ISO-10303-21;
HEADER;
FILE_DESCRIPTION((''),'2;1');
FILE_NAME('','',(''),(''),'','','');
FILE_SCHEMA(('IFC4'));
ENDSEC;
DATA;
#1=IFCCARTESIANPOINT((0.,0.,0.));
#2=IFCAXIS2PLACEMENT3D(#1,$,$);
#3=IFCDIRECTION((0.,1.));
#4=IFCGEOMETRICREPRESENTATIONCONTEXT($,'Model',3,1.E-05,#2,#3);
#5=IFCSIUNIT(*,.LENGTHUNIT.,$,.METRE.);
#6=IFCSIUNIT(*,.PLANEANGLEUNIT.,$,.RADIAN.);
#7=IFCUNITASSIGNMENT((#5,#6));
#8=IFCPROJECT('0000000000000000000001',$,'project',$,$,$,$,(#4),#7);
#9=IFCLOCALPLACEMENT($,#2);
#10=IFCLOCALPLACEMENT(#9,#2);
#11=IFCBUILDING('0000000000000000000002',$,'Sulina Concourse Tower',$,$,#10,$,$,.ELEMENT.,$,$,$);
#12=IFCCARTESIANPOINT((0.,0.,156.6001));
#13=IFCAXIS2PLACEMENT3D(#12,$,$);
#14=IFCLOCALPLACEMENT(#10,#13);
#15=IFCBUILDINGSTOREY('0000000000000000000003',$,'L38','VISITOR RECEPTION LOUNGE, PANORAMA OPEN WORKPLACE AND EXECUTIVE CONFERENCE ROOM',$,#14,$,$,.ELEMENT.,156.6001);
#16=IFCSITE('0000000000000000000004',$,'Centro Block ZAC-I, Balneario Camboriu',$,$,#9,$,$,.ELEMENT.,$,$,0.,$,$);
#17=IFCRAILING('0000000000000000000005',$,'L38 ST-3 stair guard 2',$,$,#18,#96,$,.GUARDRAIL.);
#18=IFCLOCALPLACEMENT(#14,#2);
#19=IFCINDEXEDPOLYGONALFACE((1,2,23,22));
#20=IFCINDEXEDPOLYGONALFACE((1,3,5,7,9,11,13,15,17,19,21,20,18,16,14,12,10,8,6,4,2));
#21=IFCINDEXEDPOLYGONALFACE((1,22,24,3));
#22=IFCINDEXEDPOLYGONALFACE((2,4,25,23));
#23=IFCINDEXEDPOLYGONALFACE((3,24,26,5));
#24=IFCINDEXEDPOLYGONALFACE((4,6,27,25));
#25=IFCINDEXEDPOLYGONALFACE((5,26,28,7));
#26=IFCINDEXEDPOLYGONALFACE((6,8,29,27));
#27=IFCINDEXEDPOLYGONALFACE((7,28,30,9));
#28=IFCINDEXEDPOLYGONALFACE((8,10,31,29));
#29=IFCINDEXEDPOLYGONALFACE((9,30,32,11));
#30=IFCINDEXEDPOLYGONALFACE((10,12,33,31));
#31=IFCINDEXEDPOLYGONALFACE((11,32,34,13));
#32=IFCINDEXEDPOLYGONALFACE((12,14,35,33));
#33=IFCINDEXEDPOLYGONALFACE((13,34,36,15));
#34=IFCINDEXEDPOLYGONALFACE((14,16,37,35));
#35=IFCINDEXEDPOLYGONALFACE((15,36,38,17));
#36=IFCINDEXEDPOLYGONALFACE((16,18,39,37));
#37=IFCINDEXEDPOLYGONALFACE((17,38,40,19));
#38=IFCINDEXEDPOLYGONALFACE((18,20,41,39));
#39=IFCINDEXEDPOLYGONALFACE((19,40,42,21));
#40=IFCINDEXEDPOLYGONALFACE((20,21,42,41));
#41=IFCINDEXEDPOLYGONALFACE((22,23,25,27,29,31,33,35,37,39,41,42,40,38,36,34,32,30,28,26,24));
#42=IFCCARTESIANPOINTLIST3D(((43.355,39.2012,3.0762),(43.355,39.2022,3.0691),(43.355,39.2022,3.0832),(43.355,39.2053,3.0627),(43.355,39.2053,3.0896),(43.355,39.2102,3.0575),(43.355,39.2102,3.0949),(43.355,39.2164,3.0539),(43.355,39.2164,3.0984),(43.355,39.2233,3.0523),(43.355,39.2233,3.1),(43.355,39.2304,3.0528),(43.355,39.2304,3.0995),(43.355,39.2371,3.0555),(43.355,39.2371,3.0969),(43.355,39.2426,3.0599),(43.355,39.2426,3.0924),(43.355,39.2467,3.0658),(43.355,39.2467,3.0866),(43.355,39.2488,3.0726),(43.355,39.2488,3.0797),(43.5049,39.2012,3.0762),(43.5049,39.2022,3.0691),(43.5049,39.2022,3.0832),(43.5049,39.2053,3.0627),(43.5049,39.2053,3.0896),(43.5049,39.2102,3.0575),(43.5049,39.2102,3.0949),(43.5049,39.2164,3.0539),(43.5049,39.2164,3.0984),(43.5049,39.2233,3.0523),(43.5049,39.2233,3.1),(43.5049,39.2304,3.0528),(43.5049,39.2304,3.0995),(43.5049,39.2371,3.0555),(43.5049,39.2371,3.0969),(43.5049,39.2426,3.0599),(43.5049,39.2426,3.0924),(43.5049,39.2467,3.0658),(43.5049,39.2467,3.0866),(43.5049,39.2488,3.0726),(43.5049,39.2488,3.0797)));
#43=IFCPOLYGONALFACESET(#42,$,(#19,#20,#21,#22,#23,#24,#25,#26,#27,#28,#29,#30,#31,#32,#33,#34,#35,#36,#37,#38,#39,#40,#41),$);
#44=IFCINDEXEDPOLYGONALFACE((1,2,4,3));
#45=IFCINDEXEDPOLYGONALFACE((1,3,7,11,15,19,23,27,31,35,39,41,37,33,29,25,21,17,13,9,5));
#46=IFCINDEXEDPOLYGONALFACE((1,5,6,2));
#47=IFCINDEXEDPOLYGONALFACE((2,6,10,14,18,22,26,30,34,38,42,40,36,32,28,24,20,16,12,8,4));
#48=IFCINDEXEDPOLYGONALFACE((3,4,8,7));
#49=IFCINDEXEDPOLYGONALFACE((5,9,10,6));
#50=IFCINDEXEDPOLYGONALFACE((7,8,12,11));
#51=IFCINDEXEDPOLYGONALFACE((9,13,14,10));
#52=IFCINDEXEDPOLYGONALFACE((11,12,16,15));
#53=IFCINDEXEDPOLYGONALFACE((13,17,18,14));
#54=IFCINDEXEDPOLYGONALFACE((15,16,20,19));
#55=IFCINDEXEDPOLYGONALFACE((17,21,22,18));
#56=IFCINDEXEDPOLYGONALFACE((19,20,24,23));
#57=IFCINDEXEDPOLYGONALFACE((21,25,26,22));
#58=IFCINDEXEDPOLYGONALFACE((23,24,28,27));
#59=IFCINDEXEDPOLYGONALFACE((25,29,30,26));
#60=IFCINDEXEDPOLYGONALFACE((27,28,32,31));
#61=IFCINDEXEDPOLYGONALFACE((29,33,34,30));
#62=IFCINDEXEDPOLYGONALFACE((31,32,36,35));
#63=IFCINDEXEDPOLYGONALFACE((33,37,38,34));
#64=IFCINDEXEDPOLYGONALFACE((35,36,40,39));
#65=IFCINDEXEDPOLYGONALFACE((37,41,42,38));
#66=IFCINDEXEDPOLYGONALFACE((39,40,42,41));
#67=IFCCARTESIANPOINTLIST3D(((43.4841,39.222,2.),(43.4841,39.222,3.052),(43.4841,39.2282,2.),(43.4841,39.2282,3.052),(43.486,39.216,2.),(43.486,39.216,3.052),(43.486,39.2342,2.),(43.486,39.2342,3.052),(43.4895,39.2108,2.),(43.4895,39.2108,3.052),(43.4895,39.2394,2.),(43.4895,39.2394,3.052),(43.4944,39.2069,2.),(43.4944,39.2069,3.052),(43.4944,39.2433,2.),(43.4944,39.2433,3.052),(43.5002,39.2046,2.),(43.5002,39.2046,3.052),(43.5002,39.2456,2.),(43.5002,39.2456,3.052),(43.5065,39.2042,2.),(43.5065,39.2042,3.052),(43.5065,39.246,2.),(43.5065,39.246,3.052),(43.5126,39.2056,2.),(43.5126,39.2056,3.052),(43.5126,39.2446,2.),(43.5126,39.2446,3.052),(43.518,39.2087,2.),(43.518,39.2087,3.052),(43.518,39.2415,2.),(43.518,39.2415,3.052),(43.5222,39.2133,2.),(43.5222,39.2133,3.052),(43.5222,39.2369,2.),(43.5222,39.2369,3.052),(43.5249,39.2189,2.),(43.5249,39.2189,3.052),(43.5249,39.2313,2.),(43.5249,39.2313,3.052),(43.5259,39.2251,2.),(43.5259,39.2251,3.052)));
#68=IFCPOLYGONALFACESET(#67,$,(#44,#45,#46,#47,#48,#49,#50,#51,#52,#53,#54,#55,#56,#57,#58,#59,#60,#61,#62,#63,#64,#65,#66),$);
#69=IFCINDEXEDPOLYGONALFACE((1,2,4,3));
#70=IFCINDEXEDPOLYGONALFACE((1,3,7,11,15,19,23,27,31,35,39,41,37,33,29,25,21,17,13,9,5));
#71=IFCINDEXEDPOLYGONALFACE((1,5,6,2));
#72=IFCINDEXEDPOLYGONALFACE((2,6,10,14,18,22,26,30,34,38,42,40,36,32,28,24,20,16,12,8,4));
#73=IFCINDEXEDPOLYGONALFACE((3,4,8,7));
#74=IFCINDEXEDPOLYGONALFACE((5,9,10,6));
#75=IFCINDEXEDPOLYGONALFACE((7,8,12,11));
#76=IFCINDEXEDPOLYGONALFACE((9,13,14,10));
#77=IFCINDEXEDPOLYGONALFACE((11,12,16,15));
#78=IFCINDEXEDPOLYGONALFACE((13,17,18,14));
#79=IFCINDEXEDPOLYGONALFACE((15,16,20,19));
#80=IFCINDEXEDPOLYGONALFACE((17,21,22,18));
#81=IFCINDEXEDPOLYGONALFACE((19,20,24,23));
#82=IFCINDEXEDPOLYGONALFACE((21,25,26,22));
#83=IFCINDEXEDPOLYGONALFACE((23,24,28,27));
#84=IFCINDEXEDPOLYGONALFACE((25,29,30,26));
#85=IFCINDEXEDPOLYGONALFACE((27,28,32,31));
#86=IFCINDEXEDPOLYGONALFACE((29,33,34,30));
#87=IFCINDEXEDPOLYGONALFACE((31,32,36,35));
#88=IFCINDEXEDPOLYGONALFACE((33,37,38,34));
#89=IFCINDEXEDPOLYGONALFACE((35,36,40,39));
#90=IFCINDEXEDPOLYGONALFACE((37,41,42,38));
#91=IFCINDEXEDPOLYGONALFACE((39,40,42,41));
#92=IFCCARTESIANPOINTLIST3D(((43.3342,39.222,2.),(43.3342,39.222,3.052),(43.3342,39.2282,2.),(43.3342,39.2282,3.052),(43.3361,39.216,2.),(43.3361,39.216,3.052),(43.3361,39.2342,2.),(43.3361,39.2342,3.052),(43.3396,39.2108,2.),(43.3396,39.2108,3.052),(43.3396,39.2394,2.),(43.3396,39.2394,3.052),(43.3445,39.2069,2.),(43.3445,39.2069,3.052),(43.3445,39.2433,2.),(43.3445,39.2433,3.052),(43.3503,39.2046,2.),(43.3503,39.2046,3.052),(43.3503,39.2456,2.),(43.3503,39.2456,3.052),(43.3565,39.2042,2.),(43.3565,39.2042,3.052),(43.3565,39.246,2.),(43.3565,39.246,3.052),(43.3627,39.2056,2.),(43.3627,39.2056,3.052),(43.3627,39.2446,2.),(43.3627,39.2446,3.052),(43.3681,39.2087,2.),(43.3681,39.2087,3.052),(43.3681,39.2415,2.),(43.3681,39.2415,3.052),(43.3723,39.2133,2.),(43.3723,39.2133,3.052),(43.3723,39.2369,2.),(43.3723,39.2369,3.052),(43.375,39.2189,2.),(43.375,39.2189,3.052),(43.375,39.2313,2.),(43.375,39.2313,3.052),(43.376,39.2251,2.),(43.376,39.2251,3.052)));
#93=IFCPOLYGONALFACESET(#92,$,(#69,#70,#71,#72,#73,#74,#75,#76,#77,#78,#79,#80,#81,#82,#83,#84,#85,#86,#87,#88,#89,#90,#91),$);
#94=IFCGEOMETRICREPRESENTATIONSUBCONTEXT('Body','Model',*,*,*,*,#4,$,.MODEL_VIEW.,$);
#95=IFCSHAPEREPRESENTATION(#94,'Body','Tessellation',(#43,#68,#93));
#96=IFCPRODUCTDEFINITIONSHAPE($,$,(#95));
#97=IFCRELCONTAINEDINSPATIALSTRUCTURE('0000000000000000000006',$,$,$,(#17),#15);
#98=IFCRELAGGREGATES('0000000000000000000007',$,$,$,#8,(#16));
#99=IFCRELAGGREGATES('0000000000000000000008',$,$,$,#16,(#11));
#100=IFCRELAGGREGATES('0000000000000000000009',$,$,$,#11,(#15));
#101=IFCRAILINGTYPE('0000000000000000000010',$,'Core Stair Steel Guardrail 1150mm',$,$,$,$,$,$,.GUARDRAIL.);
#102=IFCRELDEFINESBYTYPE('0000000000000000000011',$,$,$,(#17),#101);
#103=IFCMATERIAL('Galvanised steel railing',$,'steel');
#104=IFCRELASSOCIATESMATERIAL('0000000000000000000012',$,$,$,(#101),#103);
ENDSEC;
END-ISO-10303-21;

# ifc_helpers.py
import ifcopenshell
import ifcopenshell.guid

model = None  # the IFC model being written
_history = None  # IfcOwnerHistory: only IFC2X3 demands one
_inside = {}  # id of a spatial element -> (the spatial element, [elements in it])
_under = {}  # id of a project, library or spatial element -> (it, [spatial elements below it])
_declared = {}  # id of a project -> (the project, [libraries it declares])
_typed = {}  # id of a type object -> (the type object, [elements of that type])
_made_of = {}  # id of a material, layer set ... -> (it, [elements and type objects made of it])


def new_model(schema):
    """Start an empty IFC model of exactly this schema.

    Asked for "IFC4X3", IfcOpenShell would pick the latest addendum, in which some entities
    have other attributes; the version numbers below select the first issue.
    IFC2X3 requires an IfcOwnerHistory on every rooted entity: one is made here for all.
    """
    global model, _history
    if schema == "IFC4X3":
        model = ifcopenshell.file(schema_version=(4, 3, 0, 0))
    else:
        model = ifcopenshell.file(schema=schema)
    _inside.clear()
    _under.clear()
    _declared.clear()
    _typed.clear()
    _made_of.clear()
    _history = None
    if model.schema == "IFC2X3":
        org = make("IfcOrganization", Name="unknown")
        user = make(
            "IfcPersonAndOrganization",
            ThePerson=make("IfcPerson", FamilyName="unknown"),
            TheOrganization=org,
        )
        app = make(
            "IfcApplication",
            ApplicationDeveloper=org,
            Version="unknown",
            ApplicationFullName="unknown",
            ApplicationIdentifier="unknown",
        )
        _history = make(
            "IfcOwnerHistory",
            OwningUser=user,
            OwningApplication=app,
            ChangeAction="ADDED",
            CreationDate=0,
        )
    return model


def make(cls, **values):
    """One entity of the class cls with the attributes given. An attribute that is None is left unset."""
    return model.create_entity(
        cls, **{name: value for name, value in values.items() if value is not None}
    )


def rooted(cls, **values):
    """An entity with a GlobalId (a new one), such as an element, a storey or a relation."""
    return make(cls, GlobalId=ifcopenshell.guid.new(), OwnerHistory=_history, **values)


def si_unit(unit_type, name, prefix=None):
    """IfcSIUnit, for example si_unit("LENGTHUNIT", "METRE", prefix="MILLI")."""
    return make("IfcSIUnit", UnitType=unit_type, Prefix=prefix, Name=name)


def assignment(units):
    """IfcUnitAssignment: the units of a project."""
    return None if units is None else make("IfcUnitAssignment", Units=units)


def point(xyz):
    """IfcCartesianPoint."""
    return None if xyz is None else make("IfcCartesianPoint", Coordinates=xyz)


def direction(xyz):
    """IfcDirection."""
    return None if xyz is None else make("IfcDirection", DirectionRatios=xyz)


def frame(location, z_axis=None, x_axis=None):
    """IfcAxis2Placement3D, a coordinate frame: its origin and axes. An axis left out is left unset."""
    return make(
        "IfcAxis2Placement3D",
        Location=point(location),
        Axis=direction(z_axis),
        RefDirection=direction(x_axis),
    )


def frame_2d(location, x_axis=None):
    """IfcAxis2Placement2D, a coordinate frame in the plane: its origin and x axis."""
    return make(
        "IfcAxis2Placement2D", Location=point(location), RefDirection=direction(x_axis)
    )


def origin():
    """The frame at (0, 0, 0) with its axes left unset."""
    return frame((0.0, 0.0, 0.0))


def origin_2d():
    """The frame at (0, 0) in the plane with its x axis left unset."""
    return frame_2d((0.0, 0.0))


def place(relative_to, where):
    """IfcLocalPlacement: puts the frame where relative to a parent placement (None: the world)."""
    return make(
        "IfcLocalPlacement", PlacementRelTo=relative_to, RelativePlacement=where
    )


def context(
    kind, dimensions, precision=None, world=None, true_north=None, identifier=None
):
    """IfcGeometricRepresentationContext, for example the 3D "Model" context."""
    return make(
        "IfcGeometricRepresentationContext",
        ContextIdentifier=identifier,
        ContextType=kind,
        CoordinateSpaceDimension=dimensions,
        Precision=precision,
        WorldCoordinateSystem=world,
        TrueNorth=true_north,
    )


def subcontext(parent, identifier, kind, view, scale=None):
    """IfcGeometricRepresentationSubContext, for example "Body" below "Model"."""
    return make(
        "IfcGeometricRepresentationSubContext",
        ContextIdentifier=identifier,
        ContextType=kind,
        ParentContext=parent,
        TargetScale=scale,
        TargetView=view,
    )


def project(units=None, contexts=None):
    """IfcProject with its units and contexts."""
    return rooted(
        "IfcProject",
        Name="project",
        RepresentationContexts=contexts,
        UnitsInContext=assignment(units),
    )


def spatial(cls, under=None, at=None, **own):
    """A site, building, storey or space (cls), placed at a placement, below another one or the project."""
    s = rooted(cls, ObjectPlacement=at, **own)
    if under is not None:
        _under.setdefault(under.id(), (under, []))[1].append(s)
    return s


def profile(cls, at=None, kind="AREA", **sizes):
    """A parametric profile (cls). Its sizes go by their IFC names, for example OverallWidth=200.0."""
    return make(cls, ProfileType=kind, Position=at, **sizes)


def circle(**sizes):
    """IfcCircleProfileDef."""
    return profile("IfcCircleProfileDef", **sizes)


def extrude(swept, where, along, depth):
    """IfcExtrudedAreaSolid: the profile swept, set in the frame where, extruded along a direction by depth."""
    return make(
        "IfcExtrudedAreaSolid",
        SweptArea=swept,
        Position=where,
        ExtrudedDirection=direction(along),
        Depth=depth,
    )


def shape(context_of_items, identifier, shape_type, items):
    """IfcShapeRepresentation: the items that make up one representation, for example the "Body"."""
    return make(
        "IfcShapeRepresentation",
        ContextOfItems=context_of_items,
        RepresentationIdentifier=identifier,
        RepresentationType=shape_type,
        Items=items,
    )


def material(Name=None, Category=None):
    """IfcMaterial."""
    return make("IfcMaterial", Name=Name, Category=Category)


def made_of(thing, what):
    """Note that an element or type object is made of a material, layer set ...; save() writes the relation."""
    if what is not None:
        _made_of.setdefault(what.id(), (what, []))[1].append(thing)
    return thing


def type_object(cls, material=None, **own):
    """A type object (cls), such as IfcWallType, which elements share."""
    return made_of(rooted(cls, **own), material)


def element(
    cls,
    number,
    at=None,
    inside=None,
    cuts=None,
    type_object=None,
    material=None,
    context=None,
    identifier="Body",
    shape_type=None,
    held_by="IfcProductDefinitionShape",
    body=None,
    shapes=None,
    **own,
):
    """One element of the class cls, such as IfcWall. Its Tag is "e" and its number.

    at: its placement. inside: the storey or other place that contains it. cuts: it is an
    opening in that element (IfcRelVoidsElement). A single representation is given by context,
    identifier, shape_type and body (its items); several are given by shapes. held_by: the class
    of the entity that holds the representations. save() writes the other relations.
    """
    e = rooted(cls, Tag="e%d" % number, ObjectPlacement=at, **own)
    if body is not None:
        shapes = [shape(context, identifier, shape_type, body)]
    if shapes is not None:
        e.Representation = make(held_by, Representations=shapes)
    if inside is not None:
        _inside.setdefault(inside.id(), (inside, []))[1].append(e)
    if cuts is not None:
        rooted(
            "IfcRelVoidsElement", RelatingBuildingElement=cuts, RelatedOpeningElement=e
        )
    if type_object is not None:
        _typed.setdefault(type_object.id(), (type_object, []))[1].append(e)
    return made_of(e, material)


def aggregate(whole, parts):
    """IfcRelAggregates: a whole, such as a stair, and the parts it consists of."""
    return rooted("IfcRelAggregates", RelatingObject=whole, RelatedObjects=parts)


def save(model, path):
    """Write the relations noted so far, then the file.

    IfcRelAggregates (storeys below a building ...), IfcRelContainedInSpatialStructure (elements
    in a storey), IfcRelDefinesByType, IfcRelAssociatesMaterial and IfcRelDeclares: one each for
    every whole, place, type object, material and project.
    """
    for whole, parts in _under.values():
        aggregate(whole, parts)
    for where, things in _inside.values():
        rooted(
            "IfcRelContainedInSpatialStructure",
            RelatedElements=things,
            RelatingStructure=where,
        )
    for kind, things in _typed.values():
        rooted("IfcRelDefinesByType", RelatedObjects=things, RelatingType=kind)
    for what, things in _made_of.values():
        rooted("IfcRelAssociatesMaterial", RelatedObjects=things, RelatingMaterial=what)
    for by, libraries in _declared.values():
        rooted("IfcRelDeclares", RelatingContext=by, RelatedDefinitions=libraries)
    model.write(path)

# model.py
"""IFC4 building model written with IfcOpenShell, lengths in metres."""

from ifc_helpers import new_model, si_unit, direction, frame, origin, origin_2d, place, context, subcontext, project, spatial, circle, extrude, material, type_object, element, save


model = new_model("IFC4")

# Units and contexts
model_context = context("Model", 3, precision=1e-05, world=origin(), true_north=direction((0.0, 1.0)))
body_context = subcontext(model_context, "Body", "Model", "MODEL_VIEW")
ifc_project = project(units=[si_unit("LENGTHUNIT", "METRE"), si_unit("PLANEANGLEUNIT", "RADIAN")], contexts=[model_context])

# Site, building, storey
site_placement = place(None, origin())
site = spatial("IfcSite", under=ifc_project, at=site_placement, Name="Centro Block ZAC-I, Balneario Camboriu", CompositionType="ELEMENT", RefElevation=0.0)
building_placement = place(site_placement, origin())
building = spatial("IfcBuilding", under=site, at=building_placement, Name="Sulina Concourse Tower", CompositionType="ELEMENT")
storey_placement = place(building_placement, frame((0.0, 0.0, 156.6001)))
storey = spatial("IfcBuildingStorey", under=building, at=storey_placement, Name="L38", Description="VISITOR RECEPTION LOUNGE, PANORAMA OPEN WORKPLACE AND EXECUTIVE CONFERENCE ROOM", CompositionType="ELEMENT", Elevation=156.6001)

# Railing
ifc_material_1 = material(Name="Galvanised steel railing", Category="steel")
railing_type_1 = type_object("IfcRailingType", Name="Core Stair Steel Guardrail 1150mm", PredefinedType="GUARDRAIL", material=ifc_material_1)
railing_1_placement = place(storey_placement, frame((43.5049, 39.2251, 2.0)))
element("IfcRailing", 1, at=railing_1_placement, inside=storey, type_object=railing_type_1, Name="L38 ST-3 stair guard 2", PredefinedType="GUARDRAIL", context=body_context, shape_type="SweptSolid", body=[
    extrude(circle(Radius=0.0239, at=origin_2d()), frame((0.0, 0.0, 1.0762), z_axis=(-1.0, 0.0, 0.0), x_axis=(0.0, -1.0, 0.0)), (0.0, 0.0, 1.0), 0.1499),
    extrude(circle(Radius=0.021, at=origin_2d()), origin(), (0.0, 0.0, 1.0), 1.052),
    extrude(circle(Radius=0.021, at=origin_2d()), frame((-0.1499, 0.0, 0.0)), (0.0, 0.0, 1.0), 1.052),
])

save(model, "model.ifc")
